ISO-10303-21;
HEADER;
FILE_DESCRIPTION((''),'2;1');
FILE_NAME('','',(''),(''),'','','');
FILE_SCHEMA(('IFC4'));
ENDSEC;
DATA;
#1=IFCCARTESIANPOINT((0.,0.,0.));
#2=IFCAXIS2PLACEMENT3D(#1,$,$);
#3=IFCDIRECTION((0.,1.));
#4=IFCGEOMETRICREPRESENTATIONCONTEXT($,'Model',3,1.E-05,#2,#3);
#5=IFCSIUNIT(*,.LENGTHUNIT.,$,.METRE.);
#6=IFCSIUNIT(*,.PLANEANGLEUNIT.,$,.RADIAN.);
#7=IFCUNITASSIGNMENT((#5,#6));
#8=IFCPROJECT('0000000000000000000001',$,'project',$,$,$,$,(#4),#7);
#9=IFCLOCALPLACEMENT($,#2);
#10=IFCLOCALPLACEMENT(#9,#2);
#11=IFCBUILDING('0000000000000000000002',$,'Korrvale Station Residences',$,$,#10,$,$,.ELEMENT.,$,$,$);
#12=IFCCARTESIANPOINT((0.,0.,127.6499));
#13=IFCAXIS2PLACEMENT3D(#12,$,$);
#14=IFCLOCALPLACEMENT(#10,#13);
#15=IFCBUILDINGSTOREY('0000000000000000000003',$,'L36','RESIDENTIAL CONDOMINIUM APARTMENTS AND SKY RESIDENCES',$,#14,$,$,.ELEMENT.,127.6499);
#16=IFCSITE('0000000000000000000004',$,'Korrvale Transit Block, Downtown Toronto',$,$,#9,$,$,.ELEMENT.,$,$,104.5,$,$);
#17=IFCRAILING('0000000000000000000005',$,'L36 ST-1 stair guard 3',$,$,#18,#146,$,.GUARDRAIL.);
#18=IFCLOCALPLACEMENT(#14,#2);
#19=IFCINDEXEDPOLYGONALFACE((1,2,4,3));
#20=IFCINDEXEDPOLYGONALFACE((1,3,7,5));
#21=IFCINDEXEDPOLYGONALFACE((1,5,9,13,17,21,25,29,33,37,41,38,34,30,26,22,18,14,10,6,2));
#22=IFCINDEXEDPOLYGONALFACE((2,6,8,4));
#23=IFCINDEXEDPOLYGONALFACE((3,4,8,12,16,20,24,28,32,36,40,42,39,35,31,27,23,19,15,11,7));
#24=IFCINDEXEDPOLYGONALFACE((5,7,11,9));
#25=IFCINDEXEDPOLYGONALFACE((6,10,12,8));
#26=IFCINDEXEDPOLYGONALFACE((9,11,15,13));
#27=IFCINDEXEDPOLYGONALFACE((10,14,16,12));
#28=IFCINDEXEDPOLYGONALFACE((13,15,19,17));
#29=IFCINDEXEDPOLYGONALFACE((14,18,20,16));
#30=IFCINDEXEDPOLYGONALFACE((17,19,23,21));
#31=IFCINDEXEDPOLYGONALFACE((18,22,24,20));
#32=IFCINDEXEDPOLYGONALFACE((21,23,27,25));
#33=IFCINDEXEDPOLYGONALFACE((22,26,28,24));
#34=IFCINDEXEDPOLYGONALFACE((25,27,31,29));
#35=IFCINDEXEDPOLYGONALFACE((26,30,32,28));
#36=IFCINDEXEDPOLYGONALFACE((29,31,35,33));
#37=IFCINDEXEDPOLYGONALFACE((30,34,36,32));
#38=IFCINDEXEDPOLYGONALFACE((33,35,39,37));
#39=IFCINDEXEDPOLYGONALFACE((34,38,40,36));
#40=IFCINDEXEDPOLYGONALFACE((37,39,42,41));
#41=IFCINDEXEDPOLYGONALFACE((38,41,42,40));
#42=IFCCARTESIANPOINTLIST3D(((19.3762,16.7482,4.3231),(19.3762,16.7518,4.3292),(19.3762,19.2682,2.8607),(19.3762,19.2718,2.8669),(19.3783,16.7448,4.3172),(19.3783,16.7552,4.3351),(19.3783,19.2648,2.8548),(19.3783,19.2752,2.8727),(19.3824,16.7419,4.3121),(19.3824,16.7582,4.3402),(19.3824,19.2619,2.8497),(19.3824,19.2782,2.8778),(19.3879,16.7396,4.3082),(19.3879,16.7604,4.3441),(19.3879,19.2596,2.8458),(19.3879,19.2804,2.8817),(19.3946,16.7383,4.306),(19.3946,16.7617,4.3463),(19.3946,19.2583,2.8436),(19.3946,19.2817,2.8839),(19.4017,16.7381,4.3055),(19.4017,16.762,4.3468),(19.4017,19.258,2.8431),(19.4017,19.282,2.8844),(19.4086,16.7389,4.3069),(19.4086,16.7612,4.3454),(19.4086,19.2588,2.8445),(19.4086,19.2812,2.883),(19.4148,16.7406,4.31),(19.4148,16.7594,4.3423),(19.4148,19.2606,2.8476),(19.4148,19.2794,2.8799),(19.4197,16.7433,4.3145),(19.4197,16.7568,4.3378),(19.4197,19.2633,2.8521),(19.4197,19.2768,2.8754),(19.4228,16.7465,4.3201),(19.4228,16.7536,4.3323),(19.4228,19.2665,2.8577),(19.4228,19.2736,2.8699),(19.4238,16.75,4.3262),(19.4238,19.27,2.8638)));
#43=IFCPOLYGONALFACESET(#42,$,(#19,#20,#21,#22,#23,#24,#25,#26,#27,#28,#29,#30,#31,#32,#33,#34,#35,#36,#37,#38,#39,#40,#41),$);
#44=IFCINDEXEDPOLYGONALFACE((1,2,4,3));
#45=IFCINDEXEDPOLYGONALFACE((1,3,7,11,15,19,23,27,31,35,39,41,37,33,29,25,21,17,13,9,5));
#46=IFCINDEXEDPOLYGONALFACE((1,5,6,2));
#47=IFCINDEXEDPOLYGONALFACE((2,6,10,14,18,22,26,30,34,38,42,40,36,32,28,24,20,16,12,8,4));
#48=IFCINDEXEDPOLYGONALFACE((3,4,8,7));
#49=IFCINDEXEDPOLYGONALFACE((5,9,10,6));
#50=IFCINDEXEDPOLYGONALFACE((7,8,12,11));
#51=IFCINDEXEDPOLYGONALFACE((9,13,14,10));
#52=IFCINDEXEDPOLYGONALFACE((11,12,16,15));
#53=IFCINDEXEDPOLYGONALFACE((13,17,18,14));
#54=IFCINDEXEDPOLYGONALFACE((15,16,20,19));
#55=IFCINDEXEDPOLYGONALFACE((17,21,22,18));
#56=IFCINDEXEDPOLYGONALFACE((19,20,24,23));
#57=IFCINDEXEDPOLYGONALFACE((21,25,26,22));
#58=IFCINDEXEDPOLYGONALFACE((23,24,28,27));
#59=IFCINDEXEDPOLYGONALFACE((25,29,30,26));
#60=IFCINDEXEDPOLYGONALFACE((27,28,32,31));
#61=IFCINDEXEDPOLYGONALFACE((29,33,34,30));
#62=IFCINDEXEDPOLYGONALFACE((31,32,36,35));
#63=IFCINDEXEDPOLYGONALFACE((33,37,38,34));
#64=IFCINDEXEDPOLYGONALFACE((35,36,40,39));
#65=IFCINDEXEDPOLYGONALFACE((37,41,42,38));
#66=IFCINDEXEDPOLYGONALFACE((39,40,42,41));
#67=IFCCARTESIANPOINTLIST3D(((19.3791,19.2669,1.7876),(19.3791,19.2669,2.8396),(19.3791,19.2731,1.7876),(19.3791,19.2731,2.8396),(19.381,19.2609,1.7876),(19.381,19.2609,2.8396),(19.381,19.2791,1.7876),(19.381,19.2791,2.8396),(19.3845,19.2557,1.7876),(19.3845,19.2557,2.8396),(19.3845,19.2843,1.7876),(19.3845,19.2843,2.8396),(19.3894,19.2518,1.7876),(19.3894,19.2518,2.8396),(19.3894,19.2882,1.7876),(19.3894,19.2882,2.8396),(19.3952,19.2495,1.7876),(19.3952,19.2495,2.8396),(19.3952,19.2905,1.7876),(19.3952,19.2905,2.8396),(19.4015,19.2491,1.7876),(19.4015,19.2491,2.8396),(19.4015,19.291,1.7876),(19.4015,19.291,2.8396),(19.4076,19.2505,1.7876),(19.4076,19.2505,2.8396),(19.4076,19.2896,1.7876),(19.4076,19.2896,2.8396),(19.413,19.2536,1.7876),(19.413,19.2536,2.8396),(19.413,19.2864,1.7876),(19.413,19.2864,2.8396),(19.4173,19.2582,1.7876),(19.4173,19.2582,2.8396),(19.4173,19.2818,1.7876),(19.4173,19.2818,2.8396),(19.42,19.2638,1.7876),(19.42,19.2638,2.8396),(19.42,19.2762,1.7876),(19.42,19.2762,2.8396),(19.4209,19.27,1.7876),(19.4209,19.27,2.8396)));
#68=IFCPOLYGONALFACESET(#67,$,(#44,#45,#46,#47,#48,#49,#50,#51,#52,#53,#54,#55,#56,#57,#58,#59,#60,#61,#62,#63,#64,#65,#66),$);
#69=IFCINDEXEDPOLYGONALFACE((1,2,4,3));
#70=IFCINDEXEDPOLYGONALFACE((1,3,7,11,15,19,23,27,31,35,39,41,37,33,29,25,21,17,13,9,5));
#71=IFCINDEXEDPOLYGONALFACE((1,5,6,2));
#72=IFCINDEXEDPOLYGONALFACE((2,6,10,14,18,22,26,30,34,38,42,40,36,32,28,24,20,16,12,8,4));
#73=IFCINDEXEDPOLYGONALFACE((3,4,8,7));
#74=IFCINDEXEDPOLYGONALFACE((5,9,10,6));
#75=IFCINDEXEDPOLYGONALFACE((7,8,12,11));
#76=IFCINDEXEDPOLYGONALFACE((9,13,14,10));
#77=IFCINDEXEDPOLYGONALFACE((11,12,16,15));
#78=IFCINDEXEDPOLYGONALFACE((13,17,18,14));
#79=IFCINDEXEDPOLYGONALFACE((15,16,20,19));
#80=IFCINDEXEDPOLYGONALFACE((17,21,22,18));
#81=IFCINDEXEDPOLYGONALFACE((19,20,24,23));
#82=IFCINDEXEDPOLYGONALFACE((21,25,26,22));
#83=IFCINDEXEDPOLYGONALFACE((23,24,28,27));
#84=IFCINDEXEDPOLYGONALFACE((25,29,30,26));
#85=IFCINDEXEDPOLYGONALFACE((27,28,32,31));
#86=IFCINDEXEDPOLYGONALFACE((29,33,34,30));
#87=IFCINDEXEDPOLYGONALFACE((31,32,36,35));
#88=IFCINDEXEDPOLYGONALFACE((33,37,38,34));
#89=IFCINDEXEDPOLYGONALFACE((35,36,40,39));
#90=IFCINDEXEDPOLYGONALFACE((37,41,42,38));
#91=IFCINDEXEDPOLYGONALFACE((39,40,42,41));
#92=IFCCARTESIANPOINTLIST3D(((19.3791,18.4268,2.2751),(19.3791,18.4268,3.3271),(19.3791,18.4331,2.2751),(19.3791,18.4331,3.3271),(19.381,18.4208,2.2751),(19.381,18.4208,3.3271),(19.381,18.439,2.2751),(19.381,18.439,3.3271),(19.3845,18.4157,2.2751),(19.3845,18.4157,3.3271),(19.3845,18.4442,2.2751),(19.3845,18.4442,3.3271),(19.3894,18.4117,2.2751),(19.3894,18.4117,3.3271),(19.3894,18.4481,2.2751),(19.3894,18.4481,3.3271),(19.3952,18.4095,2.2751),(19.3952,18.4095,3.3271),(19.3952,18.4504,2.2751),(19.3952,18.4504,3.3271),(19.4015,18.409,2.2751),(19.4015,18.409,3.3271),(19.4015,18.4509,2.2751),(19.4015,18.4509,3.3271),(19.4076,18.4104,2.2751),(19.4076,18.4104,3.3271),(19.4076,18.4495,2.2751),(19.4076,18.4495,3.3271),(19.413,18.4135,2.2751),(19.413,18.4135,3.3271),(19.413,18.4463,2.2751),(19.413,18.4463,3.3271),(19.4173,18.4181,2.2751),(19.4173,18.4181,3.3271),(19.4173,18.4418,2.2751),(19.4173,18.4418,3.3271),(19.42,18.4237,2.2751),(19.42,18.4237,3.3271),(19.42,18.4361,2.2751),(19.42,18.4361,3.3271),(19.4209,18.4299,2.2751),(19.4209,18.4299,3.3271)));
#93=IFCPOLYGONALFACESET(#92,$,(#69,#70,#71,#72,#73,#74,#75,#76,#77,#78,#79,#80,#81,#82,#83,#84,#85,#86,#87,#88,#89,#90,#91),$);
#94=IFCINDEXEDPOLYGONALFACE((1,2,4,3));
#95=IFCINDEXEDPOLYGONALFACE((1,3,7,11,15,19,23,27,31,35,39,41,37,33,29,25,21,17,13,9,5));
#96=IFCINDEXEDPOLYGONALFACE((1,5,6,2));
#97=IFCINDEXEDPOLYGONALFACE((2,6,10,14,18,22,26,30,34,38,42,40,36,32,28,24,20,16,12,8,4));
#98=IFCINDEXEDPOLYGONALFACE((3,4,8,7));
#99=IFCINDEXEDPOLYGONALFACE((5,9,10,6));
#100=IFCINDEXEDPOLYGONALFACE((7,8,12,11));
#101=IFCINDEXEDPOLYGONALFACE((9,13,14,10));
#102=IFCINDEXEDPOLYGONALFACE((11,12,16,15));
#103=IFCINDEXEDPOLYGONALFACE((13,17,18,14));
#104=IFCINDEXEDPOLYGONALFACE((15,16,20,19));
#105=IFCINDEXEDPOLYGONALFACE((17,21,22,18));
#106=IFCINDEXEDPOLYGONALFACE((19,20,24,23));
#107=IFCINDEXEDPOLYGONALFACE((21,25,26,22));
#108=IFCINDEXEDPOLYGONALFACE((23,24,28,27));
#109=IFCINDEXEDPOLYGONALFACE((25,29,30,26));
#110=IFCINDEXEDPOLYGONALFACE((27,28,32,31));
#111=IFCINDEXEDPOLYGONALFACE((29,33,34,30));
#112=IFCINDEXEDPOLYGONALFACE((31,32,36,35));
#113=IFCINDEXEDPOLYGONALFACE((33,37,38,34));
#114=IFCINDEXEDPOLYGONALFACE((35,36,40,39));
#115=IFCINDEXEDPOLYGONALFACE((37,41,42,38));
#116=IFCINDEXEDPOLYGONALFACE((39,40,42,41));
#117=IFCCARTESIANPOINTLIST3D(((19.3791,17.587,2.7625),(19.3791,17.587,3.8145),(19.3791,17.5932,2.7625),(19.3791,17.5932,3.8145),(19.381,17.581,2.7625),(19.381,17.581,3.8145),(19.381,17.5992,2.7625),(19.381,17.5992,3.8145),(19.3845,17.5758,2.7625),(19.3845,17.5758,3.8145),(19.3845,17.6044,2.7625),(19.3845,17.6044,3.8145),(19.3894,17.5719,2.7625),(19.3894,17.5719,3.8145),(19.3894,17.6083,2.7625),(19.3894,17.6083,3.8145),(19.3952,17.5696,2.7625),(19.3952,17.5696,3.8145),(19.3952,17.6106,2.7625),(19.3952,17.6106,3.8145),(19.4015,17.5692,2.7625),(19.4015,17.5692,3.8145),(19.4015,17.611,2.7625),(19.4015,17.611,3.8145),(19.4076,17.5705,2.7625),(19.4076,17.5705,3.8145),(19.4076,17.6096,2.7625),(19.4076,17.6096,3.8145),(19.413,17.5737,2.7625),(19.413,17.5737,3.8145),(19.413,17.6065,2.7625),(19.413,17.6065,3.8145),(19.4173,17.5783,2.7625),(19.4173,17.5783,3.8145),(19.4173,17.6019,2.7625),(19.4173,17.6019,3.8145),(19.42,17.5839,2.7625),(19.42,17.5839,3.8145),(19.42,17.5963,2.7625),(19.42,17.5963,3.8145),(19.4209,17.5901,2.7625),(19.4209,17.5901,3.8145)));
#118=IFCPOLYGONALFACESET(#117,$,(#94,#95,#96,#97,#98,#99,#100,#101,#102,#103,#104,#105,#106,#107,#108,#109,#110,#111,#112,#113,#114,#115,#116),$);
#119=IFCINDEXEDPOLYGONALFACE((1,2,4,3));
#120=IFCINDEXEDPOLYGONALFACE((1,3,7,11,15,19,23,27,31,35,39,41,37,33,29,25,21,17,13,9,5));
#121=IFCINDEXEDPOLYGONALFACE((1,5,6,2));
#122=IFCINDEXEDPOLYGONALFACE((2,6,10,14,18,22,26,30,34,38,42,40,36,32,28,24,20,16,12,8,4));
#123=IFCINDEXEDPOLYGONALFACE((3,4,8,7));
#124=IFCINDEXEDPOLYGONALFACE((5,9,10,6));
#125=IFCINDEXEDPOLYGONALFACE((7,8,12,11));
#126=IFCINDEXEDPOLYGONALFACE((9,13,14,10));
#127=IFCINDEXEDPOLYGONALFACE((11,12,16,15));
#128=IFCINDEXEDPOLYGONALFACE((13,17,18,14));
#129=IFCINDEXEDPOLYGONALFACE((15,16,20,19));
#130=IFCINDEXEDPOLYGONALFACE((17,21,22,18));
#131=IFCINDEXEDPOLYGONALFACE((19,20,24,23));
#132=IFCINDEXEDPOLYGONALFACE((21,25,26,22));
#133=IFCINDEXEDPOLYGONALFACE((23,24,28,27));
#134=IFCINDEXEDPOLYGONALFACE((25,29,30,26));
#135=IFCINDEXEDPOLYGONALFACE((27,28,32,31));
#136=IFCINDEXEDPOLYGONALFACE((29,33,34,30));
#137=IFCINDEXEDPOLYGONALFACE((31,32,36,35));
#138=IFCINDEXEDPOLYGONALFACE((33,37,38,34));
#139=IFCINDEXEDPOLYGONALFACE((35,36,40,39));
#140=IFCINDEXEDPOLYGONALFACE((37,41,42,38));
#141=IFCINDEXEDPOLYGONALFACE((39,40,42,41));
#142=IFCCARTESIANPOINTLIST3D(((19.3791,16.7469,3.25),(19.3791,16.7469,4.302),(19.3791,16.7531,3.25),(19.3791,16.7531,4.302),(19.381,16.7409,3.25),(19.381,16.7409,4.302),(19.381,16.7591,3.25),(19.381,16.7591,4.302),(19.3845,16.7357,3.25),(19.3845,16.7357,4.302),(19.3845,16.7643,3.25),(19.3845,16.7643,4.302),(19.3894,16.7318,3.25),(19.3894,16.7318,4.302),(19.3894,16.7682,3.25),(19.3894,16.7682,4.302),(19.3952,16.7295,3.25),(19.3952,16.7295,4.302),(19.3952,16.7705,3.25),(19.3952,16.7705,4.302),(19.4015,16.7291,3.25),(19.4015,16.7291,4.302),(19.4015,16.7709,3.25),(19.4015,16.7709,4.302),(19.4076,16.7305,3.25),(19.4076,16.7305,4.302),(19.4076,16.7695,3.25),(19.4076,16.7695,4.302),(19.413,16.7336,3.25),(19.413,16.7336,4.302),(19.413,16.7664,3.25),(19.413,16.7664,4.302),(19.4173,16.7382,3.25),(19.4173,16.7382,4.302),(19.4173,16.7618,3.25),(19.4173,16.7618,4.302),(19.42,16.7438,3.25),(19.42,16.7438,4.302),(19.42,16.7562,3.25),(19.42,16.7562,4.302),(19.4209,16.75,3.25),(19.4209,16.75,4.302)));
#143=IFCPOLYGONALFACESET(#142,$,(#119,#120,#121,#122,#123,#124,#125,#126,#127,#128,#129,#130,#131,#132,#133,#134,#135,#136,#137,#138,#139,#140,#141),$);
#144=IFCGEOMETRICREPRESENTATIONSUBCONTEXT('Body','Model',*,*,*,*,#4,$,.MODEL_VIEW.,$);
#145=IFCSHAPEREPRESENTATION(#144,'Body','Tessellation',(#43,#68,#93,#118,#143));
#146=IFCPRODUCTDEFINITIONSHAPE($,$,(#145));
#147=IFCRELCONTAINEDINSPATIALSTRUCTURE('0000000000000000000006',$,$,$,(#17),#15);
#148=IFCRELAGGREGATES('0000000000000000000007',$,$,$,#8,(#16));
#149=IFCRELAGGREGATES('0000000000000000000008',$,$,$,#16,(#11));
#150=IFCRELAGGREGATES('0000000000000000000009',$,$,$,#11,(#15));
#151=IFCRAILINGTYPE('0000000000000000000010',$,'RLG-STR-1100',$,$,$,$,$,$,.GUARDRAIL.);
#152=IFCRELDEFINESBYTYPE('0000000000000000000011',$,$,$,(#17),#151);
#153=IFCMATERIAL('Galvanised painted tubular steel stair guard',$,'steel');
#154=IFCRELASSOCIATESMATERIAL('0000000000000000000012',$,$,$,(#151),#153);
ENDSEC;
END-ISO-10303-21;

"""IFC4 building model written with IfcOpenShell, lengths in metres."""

from ifc_helpers import new_model, si_unit, direction, frame, origin, origin_2d, place, context, subcontext, project, spatial, circle, extrude, material, type_object, element, save


model = new_model("IFC4")

# Units and contexts
model_context = context("Model", 3, precision=1e-05, world=origin(), true_north=direction((0.0, 1.0)))
body_context = subcontext(model_context, "Body", "Model", "MODEL_VIEW")
ifc_project = project(units=[si_unit("LENGTHUNIT", "METRE"), si_unit("PLANEANGLEUNIT", "RADIAN")], contexts=[model_context])

# Site, building, storey
site_placement = place(None, origin())
site = spatial("IfcSite", under=ifc_project, at=site_placement, Name="Korrvale Transit Block, Downtown Toronto", CompositionType="ELEMENT", RefElevation=104.5)
building_placement = place(site_placement, origin())
building = spatial("IfcBuilding", under=site, at=building_placement, Name="Korrvale Station Residences", CompositionType="ELEMENT")
storey_placement = place(building_placement, frame((0.0, 0.0, 127.6499)))
storey = spatial("IfcBuildingStorey", under=building, at=storey_placement, Name="L36", Description="RESIDENTIAL CONDOMINIUM APARTMENTS AND SKY RESIDENCES", CompositionType="ELEMENT", Elevation=127.6499)

# Railing
ifc_material_1 = material(Name="Galvanised painted tubular steel stair guard", Category="steel")
railing_type_1 = type_object("IfcRailingType", Name="RLG-STR-1100", PredefinedType="GUARDRAIL", material=ifc_material_1)
railing_1_placement = place(storey_placement, frame((19.3999, 19.27, 1.7876)))
element("IfcRailing", 1, at=railing_1_placement, inside=storey, type_object=railing_type_1, Name="L36 ST-1 stair guard 3", PredefinedType="GUARDRAIL", context=body_context, shape_type="SweptSolid", body=[
    extrude(circle(Radius=0.0239, at=origin_2d()), frame((0.0, 0.0, 1.0762), z_axis=(0.0, -0.864913, 0.501921), x_axis=(1.0, 0.0, 0.0)), (0.0, 0.0, 1.0), 2.9136),
    extrude(circle(Radius=0.021, at=origin_2d()), origin(), (0.0, 0.0, 1.0), 1.052),
    extrude(circle(Radius=0.021, at=origin_2d()), frame((0.0, -0.8401, 0.4875)), (0.0, 0.0, 1.0), 1.052),
    extrude(circle(Radius=0.021, at=origin_2d()), frame((0.0, -1.6799, 0.9749)), (0.0, 0.0, 1.0), 1.052),
    extrude(circle(Radius=0.021, at=origin_2d()), frame((0.0, -2.52, 1.4624)), (0.0, 0.0, 1.0), 1.052),
])

save(model, "model.ifc")
